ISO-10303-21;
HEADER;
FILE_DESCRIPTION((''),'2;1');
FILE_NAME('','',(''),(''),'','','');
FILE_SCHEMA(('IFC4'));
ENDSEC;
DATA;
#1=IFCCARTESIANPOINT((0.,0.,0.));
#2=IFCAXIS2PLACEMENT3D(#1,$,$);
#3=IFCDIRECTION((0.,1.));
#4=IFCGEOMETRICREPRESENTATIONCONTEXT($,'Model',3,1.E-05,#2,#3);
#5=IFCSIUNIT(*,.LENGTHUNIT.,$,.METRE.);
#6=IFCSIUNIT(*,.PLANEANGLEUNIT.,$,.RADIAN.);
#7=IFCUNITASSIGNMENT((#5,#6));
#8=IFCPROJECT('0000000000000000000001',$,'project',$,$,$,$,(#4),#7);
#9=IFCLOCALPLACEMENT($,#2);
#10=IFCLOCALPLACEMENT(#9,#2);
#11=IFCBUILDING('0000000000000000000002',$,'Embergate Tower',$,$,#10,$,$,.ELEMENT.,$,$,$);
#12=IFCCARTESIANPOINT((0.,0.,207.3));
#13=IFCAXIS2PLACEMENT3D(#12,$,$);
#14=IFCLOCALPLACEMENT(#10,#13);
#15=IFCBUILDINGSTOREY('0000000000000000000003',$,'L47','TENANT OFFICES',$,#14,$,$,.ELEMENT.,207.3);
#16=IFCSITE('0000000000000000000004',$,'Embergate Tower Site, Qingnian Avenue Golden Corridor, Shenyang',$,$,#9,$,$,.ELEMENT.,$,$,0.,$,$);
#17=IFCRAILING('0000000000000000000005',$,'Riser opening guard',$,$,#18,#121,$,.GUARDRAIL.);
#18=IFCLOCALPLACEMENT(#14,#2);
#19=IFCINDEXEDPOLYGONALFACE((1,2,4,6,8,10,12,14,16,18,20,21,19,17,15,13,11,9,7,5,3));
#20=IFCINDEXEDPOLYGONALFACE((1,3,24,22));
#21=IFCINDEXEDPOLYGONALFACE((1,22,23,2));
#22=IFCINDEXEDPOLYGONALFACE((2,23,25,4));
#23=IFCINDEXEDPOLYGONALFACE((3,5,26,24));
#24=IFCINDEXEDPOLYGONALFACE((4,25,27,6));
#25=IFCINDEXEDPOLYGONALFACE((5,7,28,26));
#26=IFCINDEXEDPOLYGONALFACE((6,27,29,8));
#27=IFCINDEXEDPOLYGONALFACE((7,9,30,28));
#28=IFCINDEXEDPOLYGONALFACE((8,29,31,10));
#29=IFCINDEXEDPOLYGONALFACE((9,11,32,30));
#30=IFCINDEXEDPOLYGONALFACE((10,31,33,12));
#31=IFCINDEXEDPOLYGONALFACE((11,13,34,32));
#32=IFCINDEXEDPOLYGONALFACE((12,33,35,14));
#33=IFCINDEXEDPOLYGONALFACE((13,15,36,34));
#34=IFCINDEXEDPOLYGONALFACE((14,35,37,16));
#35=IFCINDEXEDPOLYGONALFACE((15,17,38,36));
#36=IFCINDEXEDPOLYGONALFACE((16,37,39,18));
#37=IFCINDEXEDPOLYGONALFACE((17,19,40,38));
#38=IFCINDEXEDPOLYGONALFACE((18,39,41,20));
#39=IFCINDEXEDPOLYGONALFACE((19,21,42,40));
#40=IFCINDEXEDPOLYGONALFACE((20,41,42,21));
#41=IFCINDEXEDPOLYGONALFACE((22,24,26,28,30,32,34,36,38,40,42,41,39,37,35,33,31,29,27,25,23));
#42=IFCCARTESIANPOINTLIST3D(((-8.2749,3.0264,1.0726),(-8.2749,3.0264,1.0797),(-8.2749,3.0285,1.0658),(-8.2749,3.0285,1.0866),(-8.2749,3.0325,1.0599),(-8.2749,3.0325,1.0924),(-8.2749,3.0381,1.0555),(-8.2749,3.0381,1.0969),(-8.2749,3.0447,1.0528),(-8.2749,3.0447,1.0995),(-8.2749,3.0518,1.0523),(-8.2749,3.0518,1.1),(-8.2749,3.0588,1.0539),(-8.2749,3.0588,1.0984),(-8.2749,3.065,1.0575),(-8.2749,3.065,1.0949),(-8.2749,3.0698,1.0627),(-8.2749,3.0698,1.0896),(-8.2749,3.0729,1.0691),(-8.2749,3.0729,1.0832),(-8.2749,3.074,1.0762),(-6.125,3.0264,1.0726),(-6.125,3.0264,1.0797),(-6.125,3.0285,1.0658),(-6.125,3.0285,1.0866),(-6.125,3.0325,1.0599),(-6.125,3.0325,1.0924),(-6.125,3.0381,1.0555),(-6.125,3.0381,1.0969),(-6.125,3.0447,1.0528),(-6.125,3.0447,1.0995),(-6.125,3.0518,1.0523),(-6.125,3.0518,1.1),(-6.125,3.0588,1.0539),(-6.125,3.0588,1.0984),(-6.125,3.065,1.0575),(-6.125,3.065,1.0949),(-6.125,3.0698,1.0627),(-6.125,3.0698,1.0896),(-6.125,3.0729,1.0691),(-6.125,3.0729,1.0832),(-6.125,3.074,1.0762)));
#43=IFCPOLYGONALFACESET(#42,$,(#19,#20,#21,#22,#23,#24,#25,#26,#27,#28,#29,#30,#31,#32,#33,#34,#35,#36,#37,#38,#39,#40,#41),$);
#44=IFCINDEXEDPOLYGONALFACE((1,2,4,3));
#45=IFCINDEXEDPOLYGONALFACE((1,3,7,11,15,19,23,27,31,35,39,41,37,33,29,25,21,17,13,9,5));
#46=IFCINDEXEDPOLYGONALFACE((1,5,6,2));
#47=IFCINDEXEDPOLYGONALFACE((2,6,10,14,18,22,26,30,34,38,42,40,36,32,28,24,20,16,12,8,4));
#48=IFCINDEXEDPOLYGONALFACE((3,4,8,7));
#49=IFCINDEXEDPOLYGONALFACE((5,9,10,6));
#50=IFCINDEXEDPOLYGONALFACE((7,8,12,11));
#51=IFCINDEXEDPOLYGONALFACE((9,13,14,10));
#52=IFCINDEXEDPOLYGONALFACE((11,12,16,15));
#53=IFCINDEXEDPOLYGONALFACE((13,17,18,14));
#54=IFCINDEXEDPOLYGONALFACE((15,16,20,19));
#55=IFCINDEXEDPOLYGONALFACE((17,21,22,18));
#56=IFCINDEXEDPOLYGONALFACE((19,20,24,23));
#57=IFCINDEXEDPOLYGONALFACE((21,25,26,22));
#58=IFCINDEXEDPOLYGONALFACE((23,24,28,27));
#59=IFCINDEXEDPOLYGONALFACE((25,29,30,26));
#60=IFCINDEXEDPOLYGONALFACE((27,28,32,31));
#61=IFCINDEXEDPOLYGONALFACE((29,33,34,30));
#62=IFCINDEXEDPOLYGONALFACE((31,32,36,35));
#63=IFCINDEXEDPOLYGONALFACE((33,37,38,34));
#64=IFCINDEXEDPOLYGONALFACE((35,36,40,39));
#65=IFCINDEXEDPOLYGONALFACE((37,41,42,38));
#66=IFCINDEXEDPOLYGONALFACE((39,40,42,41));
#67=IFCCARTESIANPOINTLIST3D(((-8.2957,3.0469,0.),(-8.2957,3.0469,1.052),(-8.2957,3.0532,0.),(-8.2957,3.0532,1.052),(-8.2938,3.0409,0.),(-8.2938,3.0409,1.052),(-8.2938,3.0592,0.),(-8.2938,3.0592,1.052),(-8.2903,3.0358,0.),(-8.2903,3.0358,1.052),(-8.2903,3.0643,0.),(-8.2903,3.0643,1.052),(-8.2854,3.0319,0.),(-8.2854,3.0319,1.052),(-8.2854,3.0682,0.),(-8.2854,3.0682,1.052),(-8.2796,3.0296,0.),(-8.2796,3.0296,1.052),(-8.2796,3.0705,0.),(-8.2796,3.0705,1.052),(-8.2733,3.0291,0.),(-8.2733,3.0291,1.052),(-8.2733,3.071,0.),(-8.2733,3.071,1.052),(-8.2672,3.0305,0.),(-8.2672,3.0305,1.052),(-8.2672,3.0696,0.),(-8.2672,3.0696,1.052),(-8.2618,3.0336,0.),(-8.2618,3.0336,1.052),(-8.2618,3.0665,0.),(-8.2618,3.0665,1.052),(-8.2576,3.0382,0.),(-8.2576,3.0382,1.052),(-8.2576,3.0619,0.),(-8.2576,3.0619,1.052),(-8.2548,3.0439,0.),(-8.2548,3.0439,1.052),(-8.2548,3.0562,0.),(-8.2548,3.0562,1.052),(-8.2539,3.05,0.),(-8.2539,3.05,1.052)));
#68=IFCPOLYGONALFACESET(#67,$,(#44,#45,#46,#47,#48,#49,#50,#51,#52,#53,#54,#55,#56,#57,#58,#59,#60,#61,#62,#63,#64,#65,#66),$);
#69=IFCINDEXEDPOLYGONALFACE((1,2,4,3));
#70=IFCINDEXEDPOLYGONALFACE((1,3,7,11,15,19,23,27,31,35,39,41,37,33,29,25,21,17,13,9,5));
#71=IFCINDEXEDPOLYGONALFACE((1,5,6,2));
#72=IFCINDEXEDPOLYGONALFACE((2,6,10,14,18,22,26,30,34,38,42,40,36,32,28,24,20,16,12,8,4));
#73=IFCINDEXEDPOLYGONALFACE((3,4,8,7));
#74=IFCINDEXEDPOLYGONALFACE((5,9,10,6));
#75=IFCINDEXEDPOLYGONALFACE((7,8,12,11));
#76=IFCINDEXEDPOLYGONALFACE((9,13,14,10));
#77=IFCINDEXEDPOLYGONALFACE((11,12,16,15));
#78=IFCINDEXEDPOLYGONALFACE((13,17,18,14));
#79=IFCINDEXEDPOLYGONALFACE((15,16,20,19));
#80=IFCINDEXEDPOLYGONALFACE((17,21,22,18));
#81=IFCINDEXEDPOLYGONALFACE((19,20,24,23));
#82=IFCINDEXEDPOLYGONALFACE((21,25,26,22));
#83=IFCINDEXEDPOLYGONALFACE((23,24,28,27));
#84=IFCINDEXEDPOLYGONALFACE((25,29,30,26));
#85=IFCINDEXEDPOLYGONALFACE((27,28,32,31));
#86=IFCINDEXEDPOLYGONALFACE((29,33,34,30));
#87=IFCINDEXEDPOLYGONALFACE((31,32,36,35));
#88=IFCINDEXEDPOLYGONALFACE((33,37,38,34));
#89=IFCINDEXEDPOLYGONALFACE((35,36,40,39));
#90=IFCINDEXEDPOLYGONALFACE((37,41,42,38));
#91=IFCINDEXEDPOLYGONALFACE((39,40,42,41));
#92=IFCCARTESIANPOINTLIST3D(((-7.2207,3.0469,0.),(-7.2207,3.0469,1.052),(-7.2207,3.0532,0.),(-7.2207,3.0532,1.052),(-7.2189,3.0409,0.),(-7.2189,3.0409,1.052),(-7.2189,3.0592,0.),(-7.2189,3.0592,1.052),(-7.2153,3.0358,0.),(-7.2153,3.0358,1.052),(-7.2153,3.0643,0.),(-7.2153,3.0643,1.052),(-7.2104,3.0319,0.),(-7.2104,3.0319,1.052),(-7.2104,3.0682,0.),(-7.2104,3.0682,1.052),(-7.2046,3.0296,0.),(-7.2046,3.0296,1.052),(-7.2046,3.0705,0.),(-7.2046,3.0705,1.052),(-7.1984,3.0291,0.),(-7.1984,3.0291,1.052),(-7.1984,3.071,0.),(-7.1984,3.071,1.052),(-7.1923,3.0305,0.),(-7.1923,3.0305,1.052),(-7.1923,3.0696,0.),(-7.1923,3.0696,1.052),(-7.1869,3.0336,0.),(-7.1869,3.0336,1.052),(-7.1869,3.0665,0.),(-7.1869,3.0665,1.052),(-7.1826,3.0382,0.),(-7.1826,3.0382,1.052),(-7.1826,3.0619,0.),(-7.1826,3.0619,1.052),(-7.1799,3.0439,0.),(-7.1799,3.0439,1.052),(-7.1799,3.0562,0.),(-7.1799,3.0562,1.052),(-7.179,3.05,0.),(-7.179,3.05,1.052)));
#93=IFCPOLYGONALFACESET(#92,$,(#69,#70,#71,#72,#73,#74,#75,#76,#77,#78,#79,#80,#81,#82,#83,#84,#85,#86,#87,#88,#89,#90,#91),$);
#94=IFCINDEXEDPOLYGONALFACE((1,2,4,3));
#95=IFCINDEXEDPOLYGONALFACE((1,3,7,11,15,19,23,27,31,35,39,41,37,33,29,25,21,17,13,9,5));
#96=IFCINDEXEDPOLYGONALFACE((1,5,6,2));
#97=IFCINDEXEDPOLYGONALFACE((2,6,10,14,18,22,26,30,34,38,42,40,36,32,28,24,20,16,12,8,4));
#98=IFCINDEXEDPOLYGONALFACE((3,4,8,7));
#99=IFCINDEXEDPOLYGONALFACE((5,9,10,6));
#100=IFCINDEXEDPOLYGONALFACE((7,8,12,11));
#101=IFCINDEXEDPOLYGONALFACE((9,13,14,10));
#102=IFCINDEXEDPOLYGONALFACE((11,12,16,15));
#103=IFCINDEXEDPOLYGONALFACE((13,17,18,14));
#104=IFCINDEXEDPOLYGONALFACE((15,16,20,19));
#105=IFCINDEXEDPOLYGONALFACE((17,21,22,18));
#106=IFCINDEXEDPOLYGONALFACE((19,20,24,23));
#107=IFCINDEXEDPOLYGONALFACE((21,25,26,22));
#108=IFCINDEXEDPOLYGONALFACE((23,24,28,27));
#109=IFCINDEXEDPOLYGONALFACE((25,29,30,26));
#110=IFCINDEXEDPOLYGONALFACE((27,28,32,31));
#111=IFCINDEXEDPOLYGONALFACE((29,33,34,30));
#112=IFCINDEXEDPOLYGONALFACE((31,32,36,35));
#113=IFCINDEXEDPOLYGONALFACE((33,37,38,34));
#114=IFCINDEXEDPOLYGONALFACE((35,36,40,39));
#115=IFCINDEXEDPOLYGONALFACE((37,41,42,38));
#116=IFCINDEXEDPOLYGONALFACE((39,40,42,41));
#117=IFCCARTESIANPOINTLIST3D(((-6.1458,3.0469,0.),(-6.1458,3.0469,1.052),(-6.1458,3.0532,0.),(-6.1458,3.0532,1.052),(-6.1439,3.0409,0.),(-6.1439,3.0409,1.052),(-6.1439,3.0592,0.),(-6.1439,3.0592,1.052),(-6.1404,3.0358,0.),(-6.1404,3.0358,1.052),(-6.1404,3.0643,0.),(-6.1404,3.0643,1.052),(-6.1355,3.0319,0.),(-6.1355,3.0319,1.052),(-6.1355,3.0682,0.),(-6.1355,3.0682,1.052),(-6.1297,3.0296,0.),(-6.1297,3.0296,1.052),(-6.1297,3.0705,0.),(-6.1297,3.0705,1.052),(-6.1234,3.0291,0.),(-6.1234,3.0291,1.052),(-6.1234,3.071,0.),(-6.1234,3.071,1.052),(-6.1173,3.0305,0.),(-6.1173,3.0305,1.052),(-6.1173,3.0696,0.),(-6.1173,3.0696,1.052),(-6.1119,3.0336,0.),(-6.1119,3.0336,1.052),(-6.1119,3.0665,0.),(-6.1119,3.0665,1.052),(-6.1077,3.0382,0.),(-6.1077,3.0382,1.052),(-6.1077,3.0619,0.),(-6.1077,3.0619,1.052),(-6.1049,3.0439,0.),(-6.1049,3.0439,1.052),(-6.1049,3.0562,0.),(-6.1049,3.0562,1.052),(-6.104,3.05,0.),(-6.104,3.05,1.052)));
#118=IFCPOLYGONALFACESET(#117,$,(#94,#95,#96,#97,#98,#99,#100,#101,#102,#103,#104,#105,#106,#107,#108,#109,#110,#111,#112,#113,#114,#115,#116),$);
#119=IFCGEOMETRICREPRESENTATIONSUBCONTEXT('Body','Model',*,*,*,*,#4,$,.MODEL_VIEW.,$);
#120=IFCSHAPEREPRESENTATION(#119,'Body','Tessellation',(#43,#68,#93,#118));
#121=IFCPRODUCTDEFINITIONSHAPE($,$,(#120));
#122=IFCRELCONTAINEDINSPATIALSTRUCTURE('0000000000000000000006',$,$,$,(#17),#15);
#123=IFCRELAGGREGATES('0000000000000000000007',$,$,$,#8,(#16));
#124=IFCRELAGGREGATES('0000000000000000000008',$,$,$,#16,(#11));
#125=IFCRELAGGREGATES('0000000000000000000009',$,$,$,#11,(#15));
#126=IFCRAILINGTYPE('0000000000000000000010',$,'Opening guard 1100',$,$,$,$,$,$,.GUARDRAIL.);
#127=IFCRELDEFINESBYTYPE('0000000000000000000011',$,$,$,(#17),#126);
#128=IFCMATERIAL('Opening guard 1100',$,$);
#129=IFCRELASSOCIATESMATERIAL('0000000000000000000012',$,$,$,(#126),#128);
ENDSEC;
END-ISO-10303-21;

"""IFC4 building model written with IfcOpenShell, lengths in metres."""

from ifc_helpers import new_model, si_unit, direction, frame, origin, origin_2d, place, context, subcontext, project, spatial, circle, extrude, source, transform, mapped, material, type_object, element, save


model = new_model("IFC4")

# Units and contexts
model_context = context("Model", 3, precision=1e-05, world=origin(), true_north=direction((0.0, 1.0)))
body_context = subcontext(model_context, "Body", "Model", "MODEL_VIEW")
ifc_project = project(units=[si_unit("LENGTHUNIT", "METRE"), si_unit("PLANEANGLEUNIT", "RADIAN")], contexts=[model_context])

# Site, building, storey
site_placement = place(None, origin())
site = spatial("IfcSite", under=ifc_project, at=site_placement, Name="Embergate Tower Site, Qingnian Avenue Golden Corridor, Shenyang", CompositionType="ELEMENT", RefElevation=0.0)
building_placement = place(site_placement, origin())
building = spatial("IfcBuilding", under=site, at=building_placement, Name="Embergate Tower", CompositionType="ELEMENT")
storey_placement = place(building_placement, frame((0.0, 0.0, 207.3)))
storey = spatial("IfcBuildingStorey", under=building, at=storey_placement, Name="L47", Description="TENANT OFFICES", CompositionType="ELEMENT", Elevation=207.3)

# Railing
ifc_material_1 = material(Name="Opening guard 1100")
railing_type = type_object("IfcRailingType", Name="Opening guard 1100", PredefinedType="GUARDRAIL", material=ifc_material_1)
shared_shape_1 = source(origin(), body_context, "Body", "SweptSolid", [
    extrude(circle(Radius=0.0239, at=origin_2d()), frame((0.0, 0.0, 1.0762), z_axis=(1.0, 0.0, 0.0), x_axis=(0.0, 1.0, 0.0)), (0.0, 0.0, 1.0), 2.1499),
    extrude(circle(Radius=0.021, at=origin_2d()), origin(), (0.0, 0.0, 1.0), 1.052),
    extrude(circle(Radius=0.021, at=origin_2d()), frame((1.075, 0.0, 0.0)), (0.0, 0.0, 1.0), 1.052),
    extrude(circle(Radius=0.021, at=origin_2d()), frame((2.1499, 0.0, 0.0)), (0.0, 0.0, 1.0), 1.052),
])
railing_placement = place(storey_placement, frame((-8.2749, 3.05, 0.0)))
element("IfcRailing", 1, at=railing_placement, inside=storey, type_object=railing_type, Name="Riser opening guard", PredefinedType="GUARDRAIL", context=body_context, shape_type="MappedRepresentation", body=[
    mapped(shared_shape_1, transform((0.0, 0.0, 0.0))),
])

save(model, "model.ifc")
